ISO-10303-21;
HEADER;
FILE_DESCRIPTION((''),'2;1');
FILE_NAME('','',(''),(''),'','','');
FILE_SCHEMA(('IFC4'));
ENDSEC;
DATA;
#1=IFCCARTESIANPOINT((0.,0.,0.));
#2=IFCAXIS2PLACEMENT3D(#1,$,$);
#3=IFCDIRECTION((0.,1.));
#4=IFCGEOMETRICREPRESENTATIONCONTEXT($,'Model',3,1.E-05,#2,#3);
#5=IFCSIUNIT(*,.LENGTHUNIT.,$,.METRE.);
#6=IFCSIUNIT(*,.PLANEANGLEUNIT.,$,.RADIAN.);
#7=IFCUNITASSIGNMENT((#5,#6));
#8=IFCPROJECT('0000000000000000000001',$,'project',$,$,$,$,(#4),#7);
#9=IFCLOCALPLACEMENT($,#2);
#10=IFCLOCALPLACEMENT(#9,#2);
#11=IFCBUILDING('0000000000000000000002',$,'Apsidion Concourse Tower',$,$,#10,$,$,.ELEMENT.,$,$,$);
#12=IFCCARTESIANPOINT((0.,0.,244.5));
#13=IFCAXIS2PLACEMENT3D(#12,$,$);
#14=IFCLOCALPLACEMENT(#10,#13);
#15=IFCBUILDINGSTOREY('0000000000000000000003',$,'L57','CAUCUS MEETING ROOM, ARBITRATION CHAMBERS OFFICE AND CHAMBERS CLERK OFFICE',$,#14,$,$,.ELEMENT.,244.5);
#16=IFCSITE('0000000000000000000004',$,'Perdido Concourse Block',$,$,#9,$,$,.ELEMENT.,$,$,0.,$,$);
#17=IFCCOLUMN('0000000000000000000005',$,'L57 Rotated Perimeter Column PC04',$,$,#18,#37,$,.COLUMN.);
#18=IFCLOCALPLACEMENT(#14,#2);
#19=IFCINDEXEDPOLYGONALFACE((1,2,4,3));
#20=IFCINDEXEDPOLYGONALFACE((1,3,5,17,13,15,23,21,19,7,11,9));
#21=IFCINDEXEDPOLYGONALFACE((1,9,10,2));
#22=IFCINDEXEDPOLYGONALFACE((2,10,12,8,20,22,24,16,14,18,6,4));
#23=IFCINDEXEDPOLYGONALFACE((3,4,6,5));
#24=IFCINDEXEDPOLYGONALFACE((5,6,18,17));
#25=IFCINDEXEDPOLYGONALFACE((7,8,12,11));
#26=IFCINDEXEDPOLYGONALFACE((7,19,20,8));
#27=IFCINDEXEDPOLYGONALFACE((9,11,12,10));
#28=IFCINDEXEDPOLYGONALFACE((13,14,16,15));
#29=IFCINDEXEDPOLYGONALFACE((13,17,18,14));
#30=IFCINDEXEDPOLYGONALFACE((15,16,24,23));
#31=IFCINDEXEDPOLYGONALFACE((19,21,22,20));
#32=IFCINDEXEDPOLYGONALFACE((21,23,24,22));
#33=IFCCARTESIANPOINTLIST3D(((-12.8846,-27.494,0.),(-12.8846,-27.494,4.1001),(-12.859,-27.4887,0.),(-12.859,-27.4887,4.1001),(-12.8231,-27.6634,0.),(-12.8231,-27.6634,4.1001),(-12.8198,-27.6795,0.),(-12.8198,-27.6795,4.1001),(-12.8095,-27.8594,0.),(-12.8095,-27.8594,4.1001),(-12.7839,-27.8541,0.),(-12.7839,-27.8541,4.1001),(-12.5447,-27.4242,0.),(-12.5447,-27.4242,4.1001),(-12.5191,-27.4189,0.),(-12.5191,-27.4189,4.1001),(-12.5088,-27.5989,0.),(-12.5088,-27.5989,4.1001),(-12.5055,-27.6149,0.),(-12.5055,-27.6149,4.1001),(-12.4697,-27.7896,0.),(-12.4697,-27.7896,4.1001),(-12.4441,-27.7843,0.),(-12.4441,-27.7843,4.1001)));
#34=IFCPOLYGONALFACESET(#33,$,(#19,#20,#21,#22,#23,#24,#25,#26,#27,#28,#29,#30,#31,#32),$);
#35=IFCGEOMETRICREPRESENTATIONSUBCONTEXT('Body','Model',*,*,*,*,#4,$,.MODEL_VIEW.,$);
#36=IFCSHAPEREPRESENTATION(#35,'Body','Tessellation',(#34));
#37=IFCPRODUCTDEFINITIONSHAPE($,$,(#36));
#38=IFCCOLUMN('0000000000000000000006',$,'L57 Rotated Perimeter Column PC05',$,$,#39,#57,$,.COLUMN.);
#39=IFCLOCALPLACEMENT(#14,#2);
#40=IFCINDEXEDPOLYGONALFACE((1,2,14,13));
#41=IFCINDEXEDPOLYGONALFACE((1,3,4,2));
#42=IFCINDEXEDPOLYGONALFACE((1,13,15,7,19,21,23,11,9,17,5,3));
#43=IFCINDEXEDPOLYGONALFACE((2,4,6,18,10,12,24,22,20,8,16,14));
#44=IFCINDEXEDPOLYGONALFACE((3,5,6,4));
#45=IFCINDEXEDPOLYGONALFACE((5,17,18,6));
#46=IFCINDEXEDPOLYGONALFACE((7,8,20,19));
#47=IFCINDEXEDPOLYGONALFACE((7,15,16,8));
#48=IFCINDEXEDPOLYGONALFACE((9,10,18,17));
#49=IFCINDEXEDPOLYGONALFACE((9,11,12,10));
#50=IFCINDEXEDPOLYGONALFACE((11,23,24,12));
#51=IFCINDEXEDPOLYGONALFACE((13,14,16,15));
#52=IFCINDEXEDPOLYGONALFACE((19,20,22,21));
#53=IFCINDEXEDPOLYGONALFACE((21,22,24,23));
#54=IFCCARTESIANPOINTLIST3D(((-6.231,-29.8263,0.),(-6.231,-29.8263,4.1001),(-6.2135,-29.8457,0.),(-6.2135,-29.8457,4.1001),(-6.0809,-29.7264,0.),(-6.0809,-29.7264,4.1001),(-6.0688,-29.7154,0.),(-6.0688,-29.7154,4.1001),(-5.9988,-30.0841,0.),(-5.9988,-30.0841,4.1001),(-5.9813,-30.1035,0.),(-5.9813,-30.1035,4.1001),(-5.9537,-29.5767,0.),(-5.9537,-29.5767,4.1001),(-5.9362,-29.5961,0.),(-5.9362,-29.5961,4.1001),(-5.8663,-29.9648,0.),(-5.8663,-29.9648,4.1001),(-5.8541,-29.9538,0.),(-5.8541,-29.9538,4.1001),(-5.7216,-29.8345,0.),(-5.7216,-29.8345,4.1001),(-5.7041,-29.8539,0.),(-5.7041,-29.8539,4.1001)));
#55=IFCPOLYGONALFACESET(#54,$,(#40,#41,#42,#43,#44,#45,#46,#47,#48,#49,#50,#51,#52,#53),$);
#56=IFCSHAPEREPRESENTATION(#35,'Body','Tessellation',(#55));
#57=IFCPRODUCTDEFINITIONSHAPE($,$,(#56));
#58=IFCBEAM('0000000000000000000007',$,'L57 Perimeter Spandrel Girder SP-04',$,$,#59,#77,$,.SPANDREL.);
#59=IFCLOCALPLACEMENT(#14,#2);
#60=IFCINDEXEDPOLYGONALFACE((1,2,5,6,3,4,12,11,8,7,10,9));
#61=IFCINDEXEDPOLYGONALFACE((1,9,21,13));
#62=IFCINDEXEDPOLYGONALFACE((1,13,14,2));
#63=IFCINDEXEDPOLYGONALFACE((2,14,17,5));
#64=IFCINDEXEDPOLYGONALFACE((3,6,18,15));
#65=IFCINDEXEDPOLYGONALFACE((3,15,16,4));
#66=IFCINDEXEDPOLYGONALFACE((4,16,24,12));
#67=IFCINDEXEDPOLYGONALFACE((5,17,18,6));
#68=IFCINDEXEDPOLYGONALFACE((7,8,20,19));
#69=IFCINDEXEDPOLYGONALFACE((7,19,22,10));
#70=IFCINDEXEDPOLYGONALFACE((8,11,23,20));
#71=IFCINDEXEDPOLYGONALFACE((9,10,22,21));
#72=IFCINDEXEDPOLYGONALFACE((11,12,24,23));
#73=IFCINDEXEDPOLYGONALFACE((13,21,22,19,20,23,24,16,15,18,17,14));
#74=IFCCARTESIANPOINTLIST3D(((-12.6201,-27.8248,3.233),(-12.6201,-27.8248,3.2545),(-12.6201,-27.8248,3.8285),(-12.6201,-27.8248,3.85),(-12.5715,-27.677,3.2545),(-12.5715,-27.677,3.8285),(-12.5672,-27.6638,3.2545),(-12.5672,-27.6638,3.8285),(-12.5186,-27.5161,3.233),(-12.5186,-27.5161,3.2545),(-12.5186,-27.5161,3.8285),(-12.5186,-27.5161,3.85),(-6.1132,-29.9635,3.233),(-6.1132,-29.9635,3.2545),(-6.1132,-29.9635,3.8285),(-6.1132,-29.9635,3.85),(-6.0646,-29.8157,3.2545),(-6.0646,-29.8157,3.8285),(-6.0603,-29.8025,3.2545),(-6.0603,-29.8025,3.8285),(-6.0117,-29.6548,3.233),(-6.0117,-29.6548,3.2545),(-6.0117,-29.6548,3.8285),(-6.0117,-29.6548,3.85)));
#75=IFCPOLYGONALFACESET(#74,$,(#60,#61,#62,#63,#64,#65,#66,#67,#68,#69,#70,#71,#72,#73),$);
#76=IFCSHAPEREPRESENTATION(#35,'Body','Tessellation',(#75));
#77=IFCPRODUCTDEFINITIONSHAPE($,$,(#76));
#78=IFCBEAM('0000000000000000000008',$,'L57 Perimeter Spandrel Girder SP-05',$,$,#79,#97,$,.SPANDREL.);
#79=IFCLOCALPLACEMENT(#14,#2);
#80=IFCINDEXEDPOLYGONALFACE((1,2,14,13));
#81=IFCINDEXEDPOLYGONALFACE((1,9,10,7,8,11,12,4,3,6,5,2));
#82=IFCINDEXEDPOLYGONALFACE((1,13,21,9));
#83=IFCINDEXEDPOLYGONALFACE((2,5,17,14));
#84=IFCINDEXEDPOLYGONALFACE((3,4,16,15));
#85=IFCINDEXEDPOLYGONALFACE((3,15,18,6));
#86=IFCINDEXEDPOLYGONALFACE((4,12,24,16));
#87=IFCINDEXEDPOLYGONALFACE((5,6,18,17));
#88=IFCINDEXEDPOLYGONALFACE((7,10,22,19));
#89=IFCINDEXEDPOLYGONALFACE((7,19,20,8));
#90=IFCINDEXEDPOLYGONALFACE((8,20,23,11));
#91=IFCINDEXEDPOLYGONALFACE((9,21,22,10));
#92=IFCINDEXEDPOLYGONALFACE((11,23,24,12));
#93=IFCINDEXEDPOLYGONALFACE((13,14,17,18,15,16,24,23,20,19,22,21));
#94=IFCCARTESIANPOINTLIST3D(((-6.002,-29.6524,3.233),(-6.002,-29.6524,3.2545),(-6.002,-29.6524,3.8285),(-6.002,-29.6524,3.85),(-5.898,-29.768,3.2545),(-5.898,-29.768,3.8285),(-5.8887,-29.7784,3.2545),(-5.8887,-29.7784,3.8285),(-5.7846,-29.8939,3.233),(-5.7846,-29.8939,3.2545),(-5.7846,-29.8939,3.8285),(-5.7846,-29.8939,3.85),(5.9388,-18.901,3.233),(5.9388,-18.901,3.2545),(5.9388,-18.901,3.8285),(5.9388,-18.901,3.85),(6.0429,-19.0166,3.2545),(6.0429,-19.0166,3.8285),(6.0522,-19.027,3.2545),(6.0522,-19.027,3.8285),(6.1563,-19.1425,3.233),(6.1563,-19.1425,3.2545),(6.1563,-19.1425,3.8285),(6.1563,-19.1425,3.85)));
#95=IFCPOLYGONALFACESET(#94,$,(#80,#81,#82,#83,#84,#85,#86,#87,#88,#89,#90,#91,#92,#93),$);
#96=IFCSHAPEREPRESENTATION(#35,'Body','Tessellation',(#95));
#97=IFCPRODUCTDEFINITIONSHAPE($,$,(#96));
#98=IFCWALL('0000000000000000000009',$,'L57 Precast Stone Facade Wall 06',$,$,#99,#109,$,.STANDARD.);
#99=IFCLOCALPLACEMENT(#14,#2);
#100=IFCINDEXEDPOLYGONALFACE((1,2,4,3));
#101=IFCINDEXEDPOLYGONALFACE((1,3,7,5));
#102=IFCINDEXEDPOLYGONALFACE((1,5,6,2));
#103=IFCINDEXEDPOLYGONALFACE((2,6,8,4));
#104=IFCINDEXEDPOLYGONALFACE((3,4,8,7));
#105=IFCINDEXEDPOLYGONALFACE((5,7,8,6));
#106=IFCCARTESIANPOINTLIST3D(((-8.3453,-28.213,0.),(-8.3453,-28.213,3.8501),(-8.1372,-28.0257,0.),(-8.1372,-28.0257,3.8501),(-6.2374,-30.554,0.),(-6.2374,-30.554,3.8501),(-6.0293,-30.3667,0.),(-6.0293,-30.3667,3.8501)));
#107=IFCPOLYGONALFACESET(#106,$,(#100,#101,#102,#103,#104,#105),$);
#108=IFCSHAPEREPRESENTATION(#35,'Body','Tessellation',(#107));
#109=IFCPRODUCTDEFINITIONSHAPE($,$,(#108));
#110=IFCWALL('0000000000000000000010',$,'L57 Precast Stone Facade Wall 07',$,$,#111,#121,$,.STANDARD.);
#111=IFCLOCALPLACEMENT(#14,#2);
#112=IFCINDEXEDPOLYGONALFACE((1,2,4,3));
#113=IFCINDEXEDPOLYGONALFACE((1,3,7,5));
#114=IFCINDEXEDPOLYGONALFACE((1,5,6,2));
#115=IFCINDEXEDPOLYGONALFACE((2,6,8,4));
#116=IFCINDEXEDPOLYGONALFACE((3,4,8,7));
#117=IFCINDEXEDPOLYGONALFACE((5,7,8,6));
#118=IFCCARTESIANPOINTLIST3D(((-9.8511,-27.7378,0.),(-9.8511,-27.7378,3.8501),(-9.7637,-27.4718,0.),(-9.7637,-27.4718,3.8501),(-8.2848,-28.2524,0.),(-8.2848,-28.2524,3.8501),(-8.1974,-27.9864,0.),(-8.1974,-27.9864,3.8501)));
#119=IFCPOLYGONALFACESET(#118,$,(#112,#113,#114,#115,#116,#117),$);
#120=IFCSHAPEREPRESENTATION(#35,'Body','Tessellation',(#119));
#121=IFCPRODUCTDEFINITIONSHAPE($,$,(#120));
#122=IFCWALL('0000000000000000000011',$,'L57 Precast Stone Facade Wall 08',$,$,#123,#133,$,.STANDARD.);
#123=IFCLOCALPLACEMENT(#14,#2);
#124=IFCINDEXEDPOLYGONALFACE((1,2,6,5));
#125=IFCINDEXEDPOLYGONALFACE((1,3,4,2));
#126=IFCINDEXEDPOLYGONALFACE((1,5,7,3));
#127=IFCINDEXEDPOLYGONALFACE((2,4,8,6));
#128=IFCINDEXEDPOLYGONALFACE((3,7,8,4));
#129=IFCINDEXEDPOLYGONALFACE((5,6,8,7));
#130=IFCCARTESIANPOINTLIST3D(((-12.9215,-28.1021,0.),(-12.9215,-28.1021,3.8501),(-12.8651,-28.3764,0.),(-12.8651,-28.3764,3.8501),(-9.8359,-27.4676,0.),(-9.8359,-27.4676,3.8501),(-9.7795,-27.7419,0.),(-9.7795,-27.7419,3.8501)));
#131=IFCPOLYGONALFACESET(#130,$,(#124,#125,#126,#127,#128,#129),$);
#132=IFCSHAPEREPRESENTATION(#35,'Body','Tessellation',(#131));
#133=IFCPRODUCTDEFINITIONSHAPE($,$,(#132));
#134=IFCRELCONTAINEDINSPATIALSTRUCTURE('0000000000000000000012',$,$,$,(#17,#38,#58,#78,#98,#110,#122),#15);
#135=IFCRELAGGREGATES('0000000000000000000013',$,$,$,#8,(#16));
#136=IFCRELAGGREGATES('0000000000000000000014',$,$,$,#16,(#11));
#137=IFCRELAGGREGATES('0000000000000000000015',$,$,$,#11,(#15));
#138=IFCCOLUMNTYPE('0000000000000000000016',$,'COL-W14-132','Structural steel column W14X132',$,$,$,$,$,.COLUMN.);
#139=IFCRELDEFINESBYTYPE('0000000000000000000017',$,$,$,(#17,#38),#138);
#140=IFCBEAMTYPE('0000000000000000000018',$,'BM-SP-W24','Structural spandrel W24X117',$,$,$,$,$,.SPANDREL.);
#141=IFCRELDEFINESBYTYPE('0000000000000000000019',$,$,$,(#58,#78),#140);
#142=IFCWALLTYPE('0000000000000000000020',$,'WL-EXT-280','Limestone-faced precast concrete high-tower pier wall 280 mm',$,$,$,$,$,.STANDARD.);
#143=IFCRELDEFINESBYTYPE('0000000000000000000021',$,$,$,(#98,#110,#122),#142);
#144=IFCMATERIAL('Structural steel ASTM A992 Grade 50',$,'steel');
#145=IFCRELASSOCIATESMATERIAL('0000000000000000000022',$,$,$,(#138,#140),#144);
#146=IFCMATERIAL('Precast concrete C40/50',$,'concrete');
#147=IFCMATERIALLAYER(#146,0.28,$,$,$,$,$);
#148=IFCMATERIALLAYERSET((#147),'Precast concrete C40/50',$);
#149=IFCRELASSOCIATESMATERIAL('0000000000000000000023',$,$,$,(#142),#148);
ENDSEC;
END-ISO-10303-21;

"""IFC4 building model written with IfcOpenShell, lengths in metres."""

from ifc_helpers import new_model, si_unit, direction, frame, frame_2d, origin, origin_2d, place, context, subcontext, project, spatial, rectangle, i_section, extrude, material, layer, layer_set, material_profile, profile_set, type_object, element, save


model = new_model("IFC4")

# Units and contexts
model_context = context("Model", 3, precision=1e-05, world=origin(), true_north=direction((0.0, 1.0)))
body_context = subcontext(model_context, "Body", "Model", "MODEL_VIEW")
ifc_project = project(units=[si_unit("LENGTHUNIT", "METRE"), si_unit("PLANEANGLEUNIT", "RADIAN")], contexts=[model_context])

# Site, building, storey
site_placement = place(None, origin())
site = spatial("IfcSite", under=ifc_project, at=site_placement, Name="Perdido Concourse Block", CompositionType="ELEMENT", RefElevation=0.0)
building_placement = place(site_placement, origin())
building = spatial("IfcBuilding", under=site, at=building_placement, Name="Apsidion Concourse Tower", CompositionType="ELEMENT")
storey_placement = place(building_placement, frame((0.0, 0.0, 244.5)))
storey = spatial("IfcBuildingStorey", under=building, at=storey_placement, Name="L57", Description="CAUCUS MEETING ROOM, ARBITRATION CHAMBERS OFFICE AND CHAMBERS CLERK OFFICE", CompositionType="ELEMENT", Elevation=244.5)

# Columns
ifc_material_1 = material(Name="Structural steel ASTM A992 Grade 50", Category="steel")
ifc_material_profile_1 = material_profile(ifc_material_1, i_section(OverallWidth=0.373, OverallDepth=0.373, WebThickness=0.0164, FlangeThickness=0.0261, at=origin_2d()), Name="W14X132")
ifc_profile_set_1 = profile_set([ifc_material_profile_1], Name="Structural steel ASTM A992 Grade 50")
column_type = type_object("IfcColumnType", Name="COL-W14-132", Description="Structural steel column W14X132", PredefinedType="COLUMN", material=ifc_profile_set_1)
for number, where, z_axis, x_axis, name in (
    (1, (-12.6643, -27.6392, 0.0), (0.0, 0.0, 1.0), (-0.201249, 0.97954, 0.0), "L57 Rotated Perimeter Column PC04"),
    (2, (-5.9675, -29.8401, 0.0), (0.0, 0.0, 1.0), (0.743145, 0.669131, 0.0), "L57 Rotated Perimeter Column PC05"),
):
    element("IfcColumn", number, at=place(storey_placement, frame(where, z_axis=z_axis, x_axis=x_axis)), inside=storey, type_object=column_type, Name=name, PredefinedType="COLUMN", context=body_context, shape_type="SweptSolid", body=[
        extrude(i_section(OverallWidth=0.373, OverallDepth=0.373, WebThickness=0.0164, FlangeThickness=0.0261, at=origin_2d()), origin(), (0.0, 0.0, 1.0), 4.1001),
    ])

# Beams
ifc_material_profile_2 = material_profile(ifc_material_1, i_section(OverallWidth=0.325, OverallDepth=0.6169, WebThickness=0.0139, FlangeThickness=0.0215, at=origin_2d()), Name="W24X117")
ifc_profile_set_2 = profile_set([ifc_material_profile_2], Name="Structural steel ASTM A992 Grade 50")
beam_type = type_object("IfcBeamType", Name="BM-SP-W24", Description="Structural spandrel W24X117", PredefinedType="SPANDREL", material=ifc_profile_set_2)
beam_1_placement = place(storey_placement, frame((-12.5693, -27.6704, 3.5415), z_axis=(0.950001, -0.312247, 0.0), x_axis=(0.312247, 0.950001, 0.0)))
element("IfcBeam", 3, at=beam_1_placement, inside=storey, type_object=beam_type, Name="L57 Perimeter Spandrel Girder SP-04", PredefinedType="SPANDREL", context=body_context, shape_type="SweptSolid", body=[
    extrude(i_section(OverallWidth=0.325, OverallDepth=0.6169, WebThickness=0.0139, FlangeThickness=0.0215, at=origin_2d()), origin(), (0.0, 0.0, 1.0), 6.8494),
])
beam_2_placement = place(storey_placement, frame((-5.8933, -29.7732, 3.5415), z_axis=(0.743151, 0.669124, 0.0), x_axis=(-0.669124, 0.743151, 0.0)))
element("IfcBeam", 4, at=beam_2_placement, inside=storey, type_object=beam_type, Name="L57 Perimeter Spandrel Girder SP-05", PredefinedType="SPANDREL", context=body_context, shape_type="SweptSolid", body=[
    extrude(i_section(OverallWidth=0.325, OverallDepth=0.6169, WebThickness=0.0139, FlangeThickness=0.0215, at=origin_2d()), origin(), (0.0, 0.0, 1.0), 16.0679),
])

# Walls
ifc_material_2 = material(Name="Precast concrete C40/50", Category="concrete")
ifc_layer_1 = layer(ifc_material_2, 0.28)
ifc_layer_set_1 = layer_set([ifc_layer_1], Name="Precast concrete C40/50")
wall_type_1 = type_object("IfcWallType", Name="WL-EXT-280", Description="Limestone-faced precast concrete high-tower pier wall 280 mm", PredefinedType="STANDARD", material=ifc_layer_set_1)
wall_1_placement = place(storey_placement, frame((-6.1333, -30.4604, 0.0), z_axis=(0.0, 0.0, 1.0), x_axis=(-0.669132, 0.743144, 0.0)))
element("IfcWall", 5, at=wall_1_placement, inside=storey, type_object=wall_type_1, Name="L57 Precast Stone Facade Wall 06", PredefinedType="STANDARD", context=body_context, shape_type="SweptSolid", body=[
    extrude(rectangle(XDim=3.1501, YDim=0.28, at=frame_2d((1.5752, 0.0))), origin(), (0.0, 0.0, 1.0), 3.8501),
])
wall_2_placement = place(storey_placement, frame((-8.2412, -28.1194, 0.0), z_axis=(0.0, 0.0, 1.0), x_axis=(-0.950037, 0.312138, 0.0)))
element("IfcWall", 6, at=wall_2_placement, inside=storey, type_object=wall_type_1, Name="L57 Precast Stone Facade Wall 07", PredefinedType="STANDARD", context=body_context, shape_type="SweptSolid", body=[
    extrude(rectangle(XDim=1.6487, YDim=0.28, at=frame_2d((0.8242, 0.0))), origin(), (0.0, 0.0, 1.0), 3.8501),
])
wall_3_placement = place(storey_placement, frame((-9.8076, -27.6047, 0.0), z_axis=(0.0, 0.0, 1.0), x_axis=(-0.979505, -0.201419, 0.0)))
element("IfcWall", 7, at=wall_3_placement, inside=storey, type_object=wall_type_1, Name="L57 Precast Stone Facade Wall 08", PredefinedType="STANDARD", context=body_context, shape_type="SweptSolid", body=[
    extrude(rectangle(XDim=3.1501, YDim=0.28, at=frame_2d((1.5752, 0.0))), origin(), (0.0, 0.0, 1.0), 3.8501),
])

save(model, "model.ifc")
